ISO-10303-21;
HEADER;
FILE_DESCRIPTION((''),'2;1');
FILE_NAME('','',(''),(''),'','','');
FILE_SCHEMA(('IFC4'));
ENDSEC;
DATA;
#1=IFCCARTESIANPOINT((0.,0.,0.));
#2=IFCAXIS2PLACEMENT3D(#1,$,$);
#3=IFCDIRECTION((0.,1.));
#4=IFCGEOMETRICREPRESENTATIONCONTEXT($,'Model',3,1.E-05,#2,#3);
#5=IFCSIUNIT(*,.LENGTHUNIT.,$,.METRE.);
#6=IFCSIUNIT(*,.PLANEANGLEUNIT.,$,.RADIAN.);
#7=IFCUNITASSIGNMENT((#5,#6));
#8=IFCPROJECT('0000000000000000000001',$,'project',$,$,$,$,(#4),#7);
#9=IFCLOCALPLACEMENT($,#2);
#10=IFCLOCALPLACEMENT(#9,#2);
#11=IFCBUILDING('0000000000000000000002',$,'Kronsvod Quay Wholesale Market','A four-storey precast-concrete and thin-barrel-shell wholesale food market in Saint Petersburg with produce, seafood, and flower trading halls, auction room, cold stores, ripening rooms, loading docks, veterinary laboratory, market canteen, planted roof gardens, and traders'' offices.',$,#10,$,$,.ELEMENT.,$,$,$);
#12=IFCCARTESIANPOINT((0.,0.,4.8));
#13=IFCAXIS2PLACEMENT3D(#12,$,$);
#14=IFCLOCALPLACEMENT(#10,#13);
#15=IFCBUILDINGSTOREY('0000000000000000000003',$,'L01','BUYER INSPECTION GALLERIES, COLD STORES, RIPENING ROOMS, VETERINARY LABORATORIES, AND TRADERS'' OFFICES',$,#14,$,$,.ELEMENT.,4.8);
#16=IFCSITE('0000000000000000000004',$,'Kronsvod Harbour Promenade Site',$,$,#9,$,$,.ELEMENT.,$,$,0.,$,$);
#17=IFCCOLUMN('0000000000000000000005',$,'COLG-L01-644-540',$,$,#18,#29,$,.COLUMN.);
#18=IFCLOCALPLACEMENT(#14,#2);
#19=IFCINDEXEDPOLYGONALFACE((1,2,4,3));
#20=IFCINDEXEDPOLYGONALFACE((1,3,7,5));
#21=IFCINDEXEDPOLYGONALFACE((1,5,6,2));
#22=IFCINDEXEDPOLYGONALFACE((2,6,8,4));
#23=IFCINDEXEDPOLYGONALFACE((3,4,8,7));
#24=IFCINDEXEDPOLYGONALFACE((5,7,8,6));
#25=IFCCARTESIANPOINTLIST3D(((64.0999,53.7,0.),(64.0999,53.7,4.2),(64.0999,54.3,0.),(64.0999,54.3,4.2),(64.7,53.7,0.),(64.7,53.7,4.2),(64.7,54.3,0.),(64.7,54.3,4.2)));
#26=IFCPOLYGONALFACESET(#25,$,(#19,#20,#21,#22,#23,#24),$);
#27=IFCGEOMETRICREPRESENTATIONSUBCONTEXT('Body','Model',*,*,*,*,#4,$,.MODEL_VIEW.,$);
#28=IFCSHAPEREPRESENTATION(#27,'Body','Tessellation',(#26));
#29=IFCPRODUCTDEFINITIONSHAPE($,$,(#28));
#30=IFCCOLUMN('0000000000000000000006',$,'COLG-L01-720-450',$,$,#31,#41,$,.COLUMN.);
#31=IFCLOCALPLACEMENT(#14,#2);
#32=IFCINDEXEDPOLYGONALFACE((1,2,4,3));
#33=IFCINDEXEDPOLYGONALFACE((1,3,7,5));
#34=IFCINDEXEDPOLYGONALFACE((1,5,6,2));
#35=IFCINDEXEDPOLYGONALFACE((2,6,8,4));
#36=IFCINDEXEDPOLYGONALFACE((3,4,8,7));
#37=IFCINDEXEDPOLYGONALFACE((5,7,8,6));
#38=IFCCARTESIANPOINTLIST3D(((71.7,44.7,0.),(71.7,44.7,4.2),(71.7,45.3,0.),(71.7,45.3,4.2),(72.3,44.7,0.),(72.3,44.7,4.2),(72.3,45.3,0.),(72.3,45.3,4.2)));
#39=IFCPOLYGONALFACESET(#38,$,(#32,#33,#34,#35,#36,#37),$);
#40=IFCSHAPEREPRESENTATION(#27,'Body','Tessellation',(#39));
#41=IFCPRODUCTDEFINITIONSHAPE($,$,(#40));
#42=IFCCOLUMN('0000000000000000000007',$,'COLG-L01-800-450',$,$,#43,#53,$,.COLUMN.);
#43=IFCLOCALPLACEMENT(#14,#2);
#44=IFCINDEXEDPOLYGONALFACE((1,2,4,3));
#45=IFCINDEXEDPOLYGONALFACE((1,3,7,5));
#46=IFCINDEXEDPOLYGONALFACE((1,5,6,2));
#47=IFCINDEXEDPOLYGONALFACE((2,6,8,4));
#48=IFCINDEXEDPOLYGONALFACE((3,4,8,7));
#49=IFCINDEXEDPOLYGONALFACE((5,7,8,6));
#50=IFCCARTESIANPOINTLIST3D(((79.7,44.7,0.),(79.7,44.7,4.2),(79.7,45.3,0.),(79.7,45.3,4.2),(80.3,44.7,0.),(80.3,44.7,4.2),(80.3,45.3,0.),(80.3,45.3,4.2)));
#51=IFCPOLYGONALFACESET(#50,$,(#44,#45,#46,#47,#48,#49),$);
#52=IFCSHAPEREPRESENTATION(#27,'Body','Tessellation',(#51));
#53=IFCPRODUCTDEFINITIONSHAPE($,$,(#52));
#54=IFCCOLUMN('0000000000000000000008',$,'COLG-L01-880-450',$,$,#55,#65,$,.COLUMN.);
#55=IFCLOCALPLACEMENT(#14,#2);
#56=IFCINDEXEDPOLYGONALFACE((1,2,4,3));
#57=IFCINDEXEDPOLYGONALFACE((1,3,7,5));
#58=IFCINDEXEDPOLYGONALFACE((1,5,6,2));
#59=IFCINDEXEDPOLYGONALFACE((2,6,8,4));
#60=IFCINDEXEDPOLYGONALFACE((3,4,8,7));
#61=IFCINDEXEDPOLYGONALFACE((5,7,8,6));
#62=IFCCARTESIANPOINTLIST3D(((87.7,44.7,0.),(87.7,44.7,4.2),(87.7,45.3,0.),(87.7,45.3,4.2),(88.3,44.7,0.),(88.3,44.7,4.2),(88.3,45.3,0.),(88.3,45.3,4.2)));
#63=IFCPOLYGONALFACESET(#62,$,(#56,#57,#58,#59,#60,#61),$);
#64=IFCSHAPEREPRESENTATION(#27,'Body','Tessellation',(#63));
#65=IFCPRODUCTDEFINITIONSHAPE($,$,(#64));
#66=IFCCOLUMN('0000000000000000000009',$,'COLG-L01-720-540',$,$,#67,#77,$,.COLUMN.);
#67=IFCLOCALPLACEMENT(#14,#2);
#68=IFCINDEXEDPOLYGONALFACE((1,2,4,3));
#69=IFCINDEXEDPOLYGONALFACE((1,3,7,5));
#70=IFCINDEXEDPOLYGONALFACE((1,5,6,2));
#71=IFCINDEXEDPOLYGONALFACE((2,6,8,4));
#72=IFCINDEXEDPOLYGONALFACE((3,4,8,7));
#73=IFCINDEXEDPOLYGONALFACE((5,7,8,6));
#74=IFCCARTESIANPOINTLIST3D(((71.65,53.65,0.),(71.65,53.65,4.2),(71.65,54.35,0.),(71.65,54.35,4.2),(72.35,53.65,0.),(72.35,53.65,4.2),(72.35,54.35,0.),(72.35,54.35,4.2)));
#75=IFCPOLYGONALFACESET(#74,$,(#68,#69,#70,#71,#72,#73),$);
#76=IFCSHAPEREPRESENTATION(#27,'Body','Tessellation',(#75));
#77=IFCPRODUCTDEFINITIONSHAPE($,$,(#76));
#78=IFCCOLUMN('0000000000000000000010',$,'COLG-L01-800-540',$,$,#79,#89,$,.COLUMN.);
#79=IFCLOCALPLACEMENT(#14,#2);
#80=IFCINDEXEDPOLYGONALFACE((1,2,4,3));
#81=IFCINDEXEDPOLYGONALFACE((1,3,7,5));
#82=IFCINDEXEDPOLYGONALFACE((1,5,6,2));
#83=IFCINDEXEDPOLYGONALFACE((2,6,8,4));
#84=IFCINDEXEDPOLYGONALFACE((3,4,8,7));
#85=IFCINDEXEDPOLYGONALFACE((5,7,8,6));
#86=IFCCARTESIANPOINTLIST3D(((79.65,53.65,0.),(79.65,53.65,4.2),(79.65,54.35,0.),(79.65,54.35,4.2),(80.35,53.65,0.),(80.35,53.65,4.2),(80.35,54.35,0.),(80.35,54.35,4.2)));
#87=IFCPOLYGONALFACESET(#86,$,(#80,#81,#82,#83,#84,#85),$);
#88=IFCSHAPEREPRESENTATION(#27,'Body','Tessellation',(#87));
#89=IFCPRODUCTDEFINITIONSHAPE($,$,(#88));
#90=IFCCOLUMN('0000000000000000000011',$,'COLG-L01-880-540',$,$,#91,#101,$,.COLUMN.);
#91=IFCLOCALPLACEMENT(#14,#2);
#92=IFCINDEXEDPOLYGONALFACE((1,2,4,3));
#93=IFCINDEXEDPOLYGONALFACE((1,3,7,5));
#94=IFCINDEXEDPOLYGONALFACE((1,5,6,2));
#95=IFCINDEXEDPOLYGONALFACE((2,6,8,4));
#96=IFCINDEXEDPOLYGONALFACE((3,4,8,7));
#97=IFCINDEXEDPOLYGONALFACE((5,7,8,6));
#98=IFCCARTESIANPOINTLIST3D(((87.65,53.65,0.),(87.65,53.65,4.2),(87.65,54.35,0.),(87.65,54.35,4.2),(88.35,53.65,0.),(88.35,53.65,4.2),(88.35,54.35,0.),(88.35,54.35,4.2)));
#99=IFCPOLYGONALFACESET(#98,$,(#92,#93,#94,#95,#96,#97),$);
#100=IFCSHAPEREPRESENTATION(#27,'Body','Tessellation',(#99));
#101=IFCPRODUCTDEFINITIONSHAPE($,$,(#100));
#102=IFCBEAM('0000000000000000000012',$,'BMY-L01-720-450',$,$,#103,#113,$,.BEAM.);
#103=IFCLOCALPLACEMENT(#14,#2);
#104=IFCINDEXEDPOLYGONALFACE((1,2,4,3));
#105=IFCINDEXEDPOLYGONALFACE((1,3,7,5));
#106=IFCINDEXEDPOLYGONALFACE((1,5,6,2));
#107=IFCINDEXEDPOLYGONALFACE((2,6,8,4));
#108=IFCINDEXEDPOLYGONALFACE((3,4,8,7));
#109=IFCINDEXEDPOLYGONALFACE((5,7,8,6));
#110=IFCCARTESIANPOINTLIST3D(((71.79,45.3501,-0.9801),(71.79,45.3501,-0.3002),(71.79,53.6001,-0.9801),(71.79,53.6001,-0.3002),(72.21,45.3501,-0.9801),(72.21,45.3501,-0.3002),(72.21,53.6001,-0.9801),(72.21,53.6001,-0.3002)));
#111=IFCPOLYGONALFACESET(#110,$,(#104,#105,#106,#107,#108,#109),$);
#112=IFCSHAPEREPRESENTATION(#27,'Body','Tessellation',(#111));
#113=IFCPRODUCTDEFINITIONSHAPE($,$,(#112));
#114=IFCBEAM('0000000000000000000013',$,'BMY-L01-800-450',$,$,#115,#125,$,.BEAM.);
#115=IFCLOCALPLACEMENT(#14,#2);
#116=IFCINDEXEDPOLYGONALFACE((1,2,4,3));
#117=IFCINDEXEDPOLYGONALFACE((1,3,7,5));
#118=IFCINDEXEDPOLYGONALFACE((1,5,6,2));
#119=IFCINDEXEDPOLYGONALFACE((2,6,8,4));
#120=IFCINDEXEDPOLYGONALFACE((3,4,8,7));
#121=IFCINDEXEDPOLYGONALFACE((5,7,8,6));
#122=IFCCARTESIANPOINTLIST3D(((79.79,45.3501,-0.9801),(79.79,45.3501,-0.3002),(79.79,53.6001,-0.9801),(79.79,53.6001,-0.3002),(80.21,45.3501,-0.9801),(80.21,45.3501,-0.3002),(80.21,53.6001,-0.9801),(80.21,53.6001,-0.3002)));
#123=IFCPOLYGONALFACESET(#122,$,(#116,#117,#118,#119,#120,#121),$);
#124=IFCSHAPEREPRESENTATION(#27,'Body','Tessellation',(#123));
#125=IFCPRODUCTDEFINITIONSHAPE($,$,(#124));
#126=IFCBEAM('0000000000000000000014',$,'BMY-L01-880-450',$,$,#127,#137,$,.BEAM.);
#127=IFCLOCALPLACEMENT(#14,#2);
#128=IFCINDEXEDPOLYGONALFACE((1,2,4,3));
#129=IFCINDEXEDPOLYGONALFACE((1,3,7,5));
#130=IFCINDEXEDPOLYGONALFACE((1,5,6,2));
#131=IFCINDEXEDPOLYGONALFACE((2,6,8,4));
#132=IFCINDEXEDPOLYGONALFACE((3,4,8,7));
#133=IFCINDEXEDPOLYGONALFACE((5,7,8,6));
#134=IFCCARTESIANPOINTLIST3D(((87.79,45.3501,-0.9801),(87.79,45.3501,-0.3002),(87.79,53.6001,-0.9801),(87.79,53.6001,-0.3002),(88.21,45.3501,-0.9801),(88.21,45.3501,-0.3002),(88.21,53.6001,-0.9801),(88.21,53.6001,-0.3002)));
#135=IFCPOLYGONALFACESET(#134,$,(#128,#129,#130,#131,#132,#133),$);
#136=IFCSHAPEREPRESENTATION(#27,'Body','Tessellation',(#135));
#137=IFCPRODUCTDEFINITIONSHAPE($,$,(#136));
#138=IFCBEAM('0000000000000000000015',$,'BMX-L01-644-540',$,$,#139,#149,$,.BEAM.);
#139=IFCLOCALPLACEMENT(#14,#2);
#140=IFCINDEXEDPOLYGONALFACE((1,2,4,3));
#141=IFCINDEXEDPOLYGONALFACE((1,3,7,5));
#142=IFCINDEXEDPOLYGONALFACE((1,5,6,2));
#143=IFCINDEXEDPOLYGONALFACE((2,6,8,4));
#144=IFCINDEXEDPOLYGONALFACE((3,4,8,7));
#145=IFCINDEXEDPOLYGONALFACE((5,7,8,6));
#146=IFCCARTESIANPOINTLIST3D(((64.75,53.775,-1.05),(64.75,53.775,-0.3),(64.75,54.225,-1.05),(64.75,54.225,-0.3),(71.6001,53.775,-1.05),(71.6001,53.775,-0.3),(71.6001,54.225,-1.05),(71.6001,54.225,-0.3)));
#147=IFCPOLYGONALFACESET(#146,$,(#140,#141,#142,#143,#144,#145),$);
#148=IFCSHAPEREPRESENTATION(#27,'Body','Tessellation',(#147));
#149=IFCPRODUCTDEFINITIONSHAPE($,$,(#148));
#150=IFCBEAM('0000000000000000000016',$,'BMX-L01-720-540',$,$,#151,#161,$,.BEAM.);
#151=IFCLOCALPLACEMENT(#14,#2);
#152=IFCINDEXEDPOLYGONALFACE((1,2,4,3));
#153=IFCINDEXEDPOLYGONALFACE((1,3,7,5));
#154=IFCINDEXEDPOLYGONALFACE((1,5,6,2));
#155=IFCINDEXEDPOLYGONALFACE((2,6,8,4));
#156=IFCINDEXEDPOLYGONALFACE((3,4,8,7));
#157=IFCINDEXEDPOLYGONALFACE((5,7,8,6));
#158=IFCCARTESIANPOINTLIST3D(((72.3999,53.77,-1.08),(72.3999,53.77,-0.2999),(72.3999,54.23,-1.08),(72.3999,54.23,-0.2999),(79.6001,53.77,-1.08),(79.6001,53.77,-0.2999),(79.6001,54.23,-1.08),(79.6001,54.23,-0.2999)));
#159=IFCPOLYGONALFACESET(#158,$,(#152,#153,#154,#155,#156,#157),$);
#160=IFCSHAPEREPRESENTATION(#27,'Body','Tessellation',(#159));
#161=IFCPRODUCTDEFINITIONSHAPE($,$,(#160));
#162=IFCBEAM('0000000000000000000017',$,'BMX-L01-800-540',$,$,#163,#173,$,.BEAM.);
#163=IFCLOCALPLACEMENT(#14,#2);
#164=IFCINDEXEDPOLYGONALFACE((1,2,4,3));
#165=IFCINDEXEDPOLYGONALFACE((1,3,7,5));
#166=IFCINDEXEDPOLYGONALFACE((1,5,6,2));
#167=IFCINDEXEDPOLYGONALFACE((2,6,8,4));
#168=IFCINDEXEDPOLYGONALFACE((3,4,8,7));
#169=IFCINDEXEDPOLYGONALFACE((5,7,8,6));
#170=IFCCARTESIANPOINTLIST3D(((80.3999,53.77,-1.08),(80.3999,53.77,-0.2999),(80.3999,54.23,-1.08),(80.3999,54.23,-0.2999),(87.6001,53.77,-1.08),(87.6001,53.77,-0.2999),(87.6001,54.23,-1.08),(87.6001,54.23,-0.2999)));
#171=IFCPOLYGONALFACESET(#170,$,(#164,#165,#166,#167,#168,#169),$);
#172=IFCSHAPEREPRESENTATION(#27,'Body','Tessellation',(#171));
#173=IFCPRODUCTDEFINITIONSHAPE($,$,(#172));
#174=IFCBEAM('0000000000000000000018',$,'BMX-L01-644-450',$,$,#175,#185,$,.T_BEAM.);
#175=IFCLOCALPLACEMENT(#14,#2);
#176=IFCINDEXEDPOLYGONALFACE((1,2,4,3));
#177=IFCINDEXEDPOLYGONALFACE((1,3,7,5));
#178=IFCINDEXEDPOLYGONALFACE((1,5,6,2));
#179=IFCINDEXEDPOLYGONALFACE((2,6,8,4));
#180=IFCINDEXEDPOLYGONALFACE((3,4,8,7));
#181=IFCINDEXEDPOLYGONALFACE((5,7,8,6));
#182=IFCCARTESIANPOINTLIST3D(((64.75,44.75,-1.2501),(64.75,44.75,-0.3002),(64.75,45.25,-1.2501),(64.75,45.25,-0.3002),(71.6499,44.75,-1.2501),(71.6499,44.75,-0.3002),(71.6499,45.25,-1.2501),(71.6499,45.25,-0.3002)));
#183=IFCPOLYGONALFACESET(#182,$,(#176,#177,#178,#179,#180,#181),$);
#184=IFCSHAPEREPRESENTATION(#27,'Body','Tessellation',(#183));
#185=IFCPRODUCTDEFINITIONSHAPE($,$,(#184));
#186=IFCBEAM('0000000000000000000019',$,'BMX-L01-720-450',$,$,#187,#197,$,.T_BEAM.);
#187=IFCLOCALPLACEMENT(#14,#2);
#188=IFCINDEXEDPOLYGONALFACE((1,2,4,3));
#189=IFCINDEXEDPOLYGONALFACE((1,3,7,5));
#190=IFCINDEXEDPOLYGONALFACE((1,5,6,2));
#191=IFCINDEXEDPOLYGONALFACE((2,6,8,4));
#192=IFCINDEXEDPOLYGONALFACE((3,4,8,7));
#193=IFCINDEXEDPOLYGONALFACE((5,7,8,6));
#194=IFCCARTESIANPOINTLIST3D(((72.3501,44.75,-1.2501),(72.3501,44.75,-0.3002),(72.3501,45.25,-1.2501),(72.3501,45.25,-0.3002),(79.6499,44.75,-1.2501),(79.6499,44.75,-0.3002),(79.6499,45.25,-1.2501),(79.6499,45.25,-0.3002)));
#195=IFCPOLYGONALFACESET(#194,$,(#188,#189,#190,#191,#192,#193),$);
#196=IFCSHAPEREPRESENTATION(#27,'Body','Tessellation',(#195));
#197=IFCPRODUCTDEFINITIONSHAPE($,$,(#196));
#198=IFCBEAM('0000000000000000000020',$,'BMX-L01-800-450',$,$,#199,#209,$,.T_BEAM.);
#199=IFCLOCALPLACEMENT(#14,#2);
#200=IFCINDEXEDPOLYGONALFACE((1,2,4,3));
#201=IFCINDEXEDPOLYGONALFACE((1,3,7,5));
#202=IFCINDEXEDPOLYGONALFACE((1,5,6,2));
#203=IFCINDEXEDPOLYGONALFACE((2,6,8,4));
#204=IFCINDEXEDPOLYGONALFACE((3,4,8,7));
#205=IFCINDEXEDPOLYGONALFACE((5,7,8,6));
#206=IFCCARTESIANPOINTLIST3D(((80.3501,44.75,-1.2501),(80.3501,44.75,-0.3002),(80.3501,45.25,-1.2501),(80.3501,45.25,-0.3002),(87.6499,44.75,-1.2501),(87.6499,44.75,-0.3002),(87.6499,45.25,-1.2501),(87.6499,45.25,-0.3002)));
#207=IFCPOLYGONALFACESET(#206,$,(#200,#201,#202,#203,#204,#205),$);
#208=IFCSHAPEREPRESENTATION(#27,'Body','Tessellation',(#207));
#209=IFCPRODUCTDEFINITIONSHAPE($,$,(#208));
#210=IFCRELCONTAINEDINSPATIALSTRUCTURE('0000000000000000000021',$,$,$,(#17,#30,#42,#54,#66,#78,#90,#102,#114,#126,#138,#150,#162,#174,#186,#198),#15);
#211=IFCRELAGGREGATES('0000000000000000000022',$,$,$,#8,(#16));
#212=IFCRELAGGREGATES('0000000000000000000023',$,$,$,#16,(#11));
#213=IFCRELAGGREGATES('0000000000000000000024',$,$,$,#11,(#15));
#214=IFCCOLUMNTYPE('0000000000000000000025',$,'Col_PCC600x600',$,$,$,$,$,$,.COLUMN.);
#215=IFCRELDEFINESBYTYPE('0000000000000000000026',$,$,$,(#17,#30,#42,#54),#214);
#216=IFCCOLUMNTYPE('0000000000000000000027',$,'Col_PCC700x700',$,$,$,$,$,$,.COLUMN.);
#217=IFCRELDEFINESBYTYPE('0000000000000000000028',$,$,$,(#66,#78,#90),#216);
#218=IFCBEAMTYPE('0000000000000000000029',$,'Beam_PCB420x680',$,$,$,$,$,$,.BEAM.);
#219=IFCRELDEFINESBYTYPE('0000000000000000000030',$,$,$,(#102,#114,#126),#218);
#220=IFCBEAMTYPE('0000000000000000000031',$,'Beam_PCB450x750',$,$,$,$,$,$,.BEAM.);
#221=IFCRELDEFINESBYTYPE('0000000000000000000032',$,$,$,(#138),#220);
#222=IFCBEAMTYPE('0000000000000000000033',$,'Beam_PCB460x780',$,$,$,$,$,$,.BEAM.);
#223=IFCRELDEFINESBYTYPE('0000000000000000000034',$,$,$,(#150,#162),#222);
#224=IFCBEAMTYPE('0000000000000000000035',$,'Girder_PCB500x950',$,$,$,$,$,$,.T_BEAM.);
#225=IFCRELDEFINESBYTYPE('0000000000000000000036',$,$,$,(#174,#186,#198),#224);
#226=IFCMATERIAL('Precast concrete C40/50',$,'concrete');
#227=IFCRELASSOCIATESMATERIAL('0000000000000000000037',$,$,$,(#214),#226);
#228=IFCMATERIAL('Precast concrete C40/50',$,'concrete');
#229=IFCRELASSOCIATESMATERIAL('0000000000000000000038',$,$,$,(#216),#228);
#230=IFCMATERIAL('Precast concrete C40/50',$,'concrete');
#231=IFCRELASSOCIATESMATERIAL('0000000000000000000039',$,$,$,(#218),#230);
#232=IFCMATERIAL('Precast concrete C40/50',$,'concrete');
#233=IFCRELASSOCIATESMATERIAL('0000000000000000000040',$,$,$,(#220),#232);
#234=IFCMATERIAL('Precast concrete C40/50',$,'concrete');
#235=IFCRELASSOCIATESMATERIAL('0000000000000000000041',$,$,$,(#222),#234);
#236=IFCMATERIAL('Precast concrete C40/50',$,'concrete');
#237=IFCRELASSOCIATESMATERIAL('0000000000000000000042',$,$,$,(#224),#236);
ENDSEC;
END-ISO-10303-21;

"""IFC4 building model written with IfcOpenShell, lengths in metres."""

from ifc_helpers import new_model, si_unit, direction, frame, origin, origin_2d, place, context, subcontext, project, spatial, rectangle, extrude, material, material_profile, profile_set, type_object, element, save


model = new_model("IFC4")

# Units and contexts
model_context = context("Model", 3, precision=1e-05, world=origin(), true_north=direction((0.0, 1.0)))
body_context = subcontext(model_context, "Body", "Model", "MODEL_VIEW")
ifc_project = project(units=[si_unit("LENGTHUNIT", "METRE"), si_unit("PLANEANGLEUNIT", "RADIAN")], contexts=[model_context])

# Site, building, storey
site_placement = place(None, origin())
site = spatial("IfcSite", under=ifc_project, at=site_placement, Name="Kronsvod Harbour Promenade Site", CompositionType="ELEMENT", RefElevation=0.0)
building_placement = place(site_placement, origin())
building = spatial("IfcBuilding", under=site, at=building_placement, Name="Kronsvod Quay Wholesale Market", Description="A four-storey precast-concrete and thin-barrel-shell wholesale food market in Saint Petersburg with produce, seafood, and flower trading halls, auction room, cold stores, ripening rooms, loading docks, veterinary laboratory, market canteen, planted roof gardens, and traders' offices.", CompositionType="ELEMENT")
storey_placement = place(building_placement, frame((0.0, 0.0, 4.8)))
storey = spatial("IfcBuildingStorey", under=building, at=storey_placement, Name="L01", Description="BUYER INSPECTION GALLERIES, COLD STORES, RIPENING ROOMS, VETERINARY LABORATORIES, AND TRADERS' OFFICES", CompositionType="ELEMENT", Elevation=4.8)

# Columns
ifc_material_1 = material(Name="Precast concrete C40/50", Category="concrete")
ifc_material_profile_1 = material_profile(ifc_material_1, rectangle(XDim=0.6001, YDim=0.6001, at=origin_2d()), Name="PCC600x600")
ifc_profile_set_1 = profile_set([ifc_material_profile_1], Name="Precast concrete C40/50")
column_type_1 = type_object("IfcColumnType", Name="Col_PCC600x600", PredefinedType="COLUMN", material=ifc_profile_set_1)
for number, where, z_axis, x_axis, name in (
    (1, (64.3999, 54.0, 0.0), (0.0, 0.0, 1.0), (1.0, 0.0, 0.0), "COLG-L01-644-540"),
    (2, (72.0, 45.0, 0.0), (0.0, 0.0, 1.0), (1.0, 0.0, 0.0), "COLG-L01-720-450"),
    (3, (80.0, 45.0, 0.0), (0.0, 0.0, 1.0), (1.0, 0.0, 0.0), "COLG-L01-800-450"),
    (4, (88.0, 45.0, 0.0), (0.0, 0.0, 1.0), (1.0, 0.0, 0.0), "COLG-L01-880-450"),
):
    element("IfcColumn", number, at=place(storey_placement, frame(where, z_axis=z_axis, x_axis=x_axis)), inside=storey, type_object=column_type_1, Name=name, PredefinedType="COLUMN", context=body_context, shape_type="SweptSolid", body=[
        extrude(rectangle(XDim=0.6001, YDim=0.6001, at=origin_2d()), origin(), (0.0, 0.0, 1.0), 4.2),
    ])
ifc_material_2 = material(Name="Precast concrete C40/50", Category="concrete")
ifc_material_profile_2 = material_profile(ifc_material_2, rectangle(XDim=0.7, YDim=0.7, at=origin_2d()), Name="PCC700x700")
ifc_profile_set_2 = profile_set([ifc_material_profile_2], Name="Precast concrete C40/50")
column_type_2 = type_object("IfcColumnType", Name="Col_PCC700x700", PredefinedType="COLUMN", material=ifc_profile_set_2)
for number, where, z_axis, x_axis, name in (
    (5, (72.0, 54.0, 0.0), (0.0, 0.0, 1.0), (1.0, 0.0, 0.0), "COLG-L01-720-540"),
    (6, (80.0, 54.0, 0.0), (0.0, 0.0, 1.0), (1.0, 0.0, 0.0), "COLG-L01-800-540"),
    (7, (88.0, 54.0, 0.0), (0.0, 0.0, 1.0), (1.0, 0.0, 0.0), "COLG-L01-880-540"),
):
    element("IfcColumn", number, at=place(storey_placement, frame(where, z_axis=z_axis, x_axis=x_axis)), inside=storey, type_object=column_type_2, Name=name, PredefinedType="COLUMN", context=body_context, shape_type="SweptSolid", body=[
        extrude(rectangle(XDim=0.7, YDim=0.7, at=origin_2d()), origin(), (0.0, 0.0, 1.0), 4.2),
    ])

# Beams
ifc_material_3 = material(Name="Precast concrete C40/50", Category="concrete")
ifc_material_profile_3 = material_profile(ifc_material_3, rectangle(XDim=0.4199, YDim=0.6799, at=origin_2d()), Name="PB-05")
ifc_profile_set_3 = profile_set([ifc_material_profile_3], Name="Precast concrete C40/50")
beam_type_1 = type_object("IfcBeamType", Name="Beam_PCB420x680", PredefinedType="BEAM", material=ifc_profile_set_3)
for number, where, z_axis, x_axis, name in (
    (8, (72.0, 45.3501, -0.6401), (0.0, 1.0, 0.0), (-1.0, 0.0, 0.0), "BMY-L01-720-450"),
    (9, (80.0, 45.3501, -0.6401), (0.0, 1.0, 0.0), (-1.0, 0.0, 0.0), "BMY-L01-800-450"),
    (10, (88.0, 45.3501, -0.6401), (0.0, 1.0, 0.0), (-1.0, 0.0, 0.0), "BMY-L01-880-450"),
):
    element("IfcBeam", number, at=place(storey_placement, frame(where, z_axis=z_axis, x_axis=x_axis)), inside=storey, type_object=beam_type_1, Name=name, PredefinedType="BEAM", context=body_context, shape_type="SweptSolid", body=[
        extrude(rectangle(XDim=0.4199, YDim=0.6799, at=origin_2d()), origin(), (0.0, 0.0, 1.0), 8.25),
    ])
ifc_material_4 = material(Name="Precast concrete C40/50", Category="concrete")
ifc_material_profile_4 = material_profile(ifc_material_4, rectangle(XDim=0.45, YDim=0.75, at=origin_2d()), Name="PCB450x750")
ifc_profile_set_4 = profile_set([ifc_material_profile_4], Name="Precast concrete C40/50")
beam_type_2 = type_object("IfcBeamType", Name="Beam_PCB450x750", PredefinedType="BEAM", material=ifc_profile_set_4)
beam_1_placement = place(storey_placement, frame((64.75, 54.0, -0.675), z_axis=(1.0, 0.0, 0.0), x_axis=(0.0, 1.0, 0.0)))
element("IfcBeam", 11, at=beam_1_placement, inside=storey, type_object=beam_type_2, Name="BMX-L01-644-540", PredefinedType="BEAM", context=body_context, shape_type="SweptSolid", body=[
    extrude(rectangle(XDim=0.45, YDim=0.75, at=origin_2d()), origin(), (0.0, 0.0, 1.0), 6.8501),
])
ifc_material_5 = material(Name="Precast concrete C40/50", Category="concrete")
ifc_material_profile_5 = material_profile(ifc_material_5, rectangle(XDim=0.46, YDim=0.78, at=origin_2d()), Name="PB-03")
ifc_profile_set_5 = profile_set([ifc_material_profile_5], Name="Precast concrete C40/50")
beam_type_3 = type_object("IfcBeamType", Name="Beam_PCB460x780", PredefinedType="BEAM", material=ifc_profile_set_5)
for number, where, z_axis, x_axis, name in (
    (12, (72.3999, 54.0, -0.6899), (1.0, 0.0, 0.0), (0.0, 1.0, 0.0), "BMX-L01-720-540"),
    (13, (80.3999, 54.0, -0.6899), (1.0, 0.0, 0.0), (0.0, 1.0, 0.0), "BMX-L01-800-540"),
):
    element("IfcBeam", number, at=place(storey_placement, frame(where, z_axis=z_axis, x_axis=x_axis)), inside=storey, type_object=beam_type_3, Name=name, PredefinedType="BEAM", context=body_context, shape_type="SweptSolid", body=[
        extrude(rectangle(XDim=0.46, YDim=0.78, at=origin_2d()), origin(), (0.0, 0.0, 1.0), 7.2002),
    ])
ifc_material_6 = material(Name="Precast concrete C40/50", Category="concrete")
ifc_material_profile_6 = material_profile(ifc_material_6, rectangle(XDim=0.5, YDim=0.95, at=origin_2d()), Name="PCB500x950")
ifc_profile_set_6 = profile_set([ifc_material_profile_6], Name="Precast concrete C40/50")
beam_type_4 = type_object("IfcBeamType", Name="Girder_PCB500x950", PredefinedType="T_BEAM", material=ifc_profile_set_6)
beam_2_placement = place(storey_placement, frame((64.75, 45.0, -0.7751), z_axis=(1.0, 0.0, 0.0), x_axis=(0.0, 1.0, 0.0)))
element("IfcBeam", 14, at=beam_2_placement, inside=storey, type_object=beam_type_4, Name="BMX-L01-644-450", PredefinedType="T_BEAM", context=body_context, shape_type="SweptSolid", body=[
    extrude(rectangle(XDim=0.5, YDim=0.95, at=origin_2d()), origin(), (0.0, 0.0, 1.0), 6.8999),
])
for number, where, z_axis, x_axis, name in (
    (15, (72.3501, 45.0, -0.7751), (1.0, 0.0, 0.0), (0.0, 1.0, 0.0), "BMX-L01-720-450"),
    (16, (80.3501, 45.0, -0.7751), (1.0, 0.0, 0.0), (0.0, 1.0, 0.0), "BMX-L01-800-450"),
):
    element("IfcBeam", number, at=place(storey_placement, frame(where, z_axis=z_axis, x_axis=x_axis)), inside=storey, type_object=beam_type_4, Name=name, PredefinedType="T_BEAM", context=body_context, shape_type="SweptSolid", body=[
        extrude(rectangle(XDim=0.5, YDim=0.95, at=origin_2d()), origin(), (0.0, 0.0, 1.0), 7.2998),
    ])

save(model, "model.ifc")
